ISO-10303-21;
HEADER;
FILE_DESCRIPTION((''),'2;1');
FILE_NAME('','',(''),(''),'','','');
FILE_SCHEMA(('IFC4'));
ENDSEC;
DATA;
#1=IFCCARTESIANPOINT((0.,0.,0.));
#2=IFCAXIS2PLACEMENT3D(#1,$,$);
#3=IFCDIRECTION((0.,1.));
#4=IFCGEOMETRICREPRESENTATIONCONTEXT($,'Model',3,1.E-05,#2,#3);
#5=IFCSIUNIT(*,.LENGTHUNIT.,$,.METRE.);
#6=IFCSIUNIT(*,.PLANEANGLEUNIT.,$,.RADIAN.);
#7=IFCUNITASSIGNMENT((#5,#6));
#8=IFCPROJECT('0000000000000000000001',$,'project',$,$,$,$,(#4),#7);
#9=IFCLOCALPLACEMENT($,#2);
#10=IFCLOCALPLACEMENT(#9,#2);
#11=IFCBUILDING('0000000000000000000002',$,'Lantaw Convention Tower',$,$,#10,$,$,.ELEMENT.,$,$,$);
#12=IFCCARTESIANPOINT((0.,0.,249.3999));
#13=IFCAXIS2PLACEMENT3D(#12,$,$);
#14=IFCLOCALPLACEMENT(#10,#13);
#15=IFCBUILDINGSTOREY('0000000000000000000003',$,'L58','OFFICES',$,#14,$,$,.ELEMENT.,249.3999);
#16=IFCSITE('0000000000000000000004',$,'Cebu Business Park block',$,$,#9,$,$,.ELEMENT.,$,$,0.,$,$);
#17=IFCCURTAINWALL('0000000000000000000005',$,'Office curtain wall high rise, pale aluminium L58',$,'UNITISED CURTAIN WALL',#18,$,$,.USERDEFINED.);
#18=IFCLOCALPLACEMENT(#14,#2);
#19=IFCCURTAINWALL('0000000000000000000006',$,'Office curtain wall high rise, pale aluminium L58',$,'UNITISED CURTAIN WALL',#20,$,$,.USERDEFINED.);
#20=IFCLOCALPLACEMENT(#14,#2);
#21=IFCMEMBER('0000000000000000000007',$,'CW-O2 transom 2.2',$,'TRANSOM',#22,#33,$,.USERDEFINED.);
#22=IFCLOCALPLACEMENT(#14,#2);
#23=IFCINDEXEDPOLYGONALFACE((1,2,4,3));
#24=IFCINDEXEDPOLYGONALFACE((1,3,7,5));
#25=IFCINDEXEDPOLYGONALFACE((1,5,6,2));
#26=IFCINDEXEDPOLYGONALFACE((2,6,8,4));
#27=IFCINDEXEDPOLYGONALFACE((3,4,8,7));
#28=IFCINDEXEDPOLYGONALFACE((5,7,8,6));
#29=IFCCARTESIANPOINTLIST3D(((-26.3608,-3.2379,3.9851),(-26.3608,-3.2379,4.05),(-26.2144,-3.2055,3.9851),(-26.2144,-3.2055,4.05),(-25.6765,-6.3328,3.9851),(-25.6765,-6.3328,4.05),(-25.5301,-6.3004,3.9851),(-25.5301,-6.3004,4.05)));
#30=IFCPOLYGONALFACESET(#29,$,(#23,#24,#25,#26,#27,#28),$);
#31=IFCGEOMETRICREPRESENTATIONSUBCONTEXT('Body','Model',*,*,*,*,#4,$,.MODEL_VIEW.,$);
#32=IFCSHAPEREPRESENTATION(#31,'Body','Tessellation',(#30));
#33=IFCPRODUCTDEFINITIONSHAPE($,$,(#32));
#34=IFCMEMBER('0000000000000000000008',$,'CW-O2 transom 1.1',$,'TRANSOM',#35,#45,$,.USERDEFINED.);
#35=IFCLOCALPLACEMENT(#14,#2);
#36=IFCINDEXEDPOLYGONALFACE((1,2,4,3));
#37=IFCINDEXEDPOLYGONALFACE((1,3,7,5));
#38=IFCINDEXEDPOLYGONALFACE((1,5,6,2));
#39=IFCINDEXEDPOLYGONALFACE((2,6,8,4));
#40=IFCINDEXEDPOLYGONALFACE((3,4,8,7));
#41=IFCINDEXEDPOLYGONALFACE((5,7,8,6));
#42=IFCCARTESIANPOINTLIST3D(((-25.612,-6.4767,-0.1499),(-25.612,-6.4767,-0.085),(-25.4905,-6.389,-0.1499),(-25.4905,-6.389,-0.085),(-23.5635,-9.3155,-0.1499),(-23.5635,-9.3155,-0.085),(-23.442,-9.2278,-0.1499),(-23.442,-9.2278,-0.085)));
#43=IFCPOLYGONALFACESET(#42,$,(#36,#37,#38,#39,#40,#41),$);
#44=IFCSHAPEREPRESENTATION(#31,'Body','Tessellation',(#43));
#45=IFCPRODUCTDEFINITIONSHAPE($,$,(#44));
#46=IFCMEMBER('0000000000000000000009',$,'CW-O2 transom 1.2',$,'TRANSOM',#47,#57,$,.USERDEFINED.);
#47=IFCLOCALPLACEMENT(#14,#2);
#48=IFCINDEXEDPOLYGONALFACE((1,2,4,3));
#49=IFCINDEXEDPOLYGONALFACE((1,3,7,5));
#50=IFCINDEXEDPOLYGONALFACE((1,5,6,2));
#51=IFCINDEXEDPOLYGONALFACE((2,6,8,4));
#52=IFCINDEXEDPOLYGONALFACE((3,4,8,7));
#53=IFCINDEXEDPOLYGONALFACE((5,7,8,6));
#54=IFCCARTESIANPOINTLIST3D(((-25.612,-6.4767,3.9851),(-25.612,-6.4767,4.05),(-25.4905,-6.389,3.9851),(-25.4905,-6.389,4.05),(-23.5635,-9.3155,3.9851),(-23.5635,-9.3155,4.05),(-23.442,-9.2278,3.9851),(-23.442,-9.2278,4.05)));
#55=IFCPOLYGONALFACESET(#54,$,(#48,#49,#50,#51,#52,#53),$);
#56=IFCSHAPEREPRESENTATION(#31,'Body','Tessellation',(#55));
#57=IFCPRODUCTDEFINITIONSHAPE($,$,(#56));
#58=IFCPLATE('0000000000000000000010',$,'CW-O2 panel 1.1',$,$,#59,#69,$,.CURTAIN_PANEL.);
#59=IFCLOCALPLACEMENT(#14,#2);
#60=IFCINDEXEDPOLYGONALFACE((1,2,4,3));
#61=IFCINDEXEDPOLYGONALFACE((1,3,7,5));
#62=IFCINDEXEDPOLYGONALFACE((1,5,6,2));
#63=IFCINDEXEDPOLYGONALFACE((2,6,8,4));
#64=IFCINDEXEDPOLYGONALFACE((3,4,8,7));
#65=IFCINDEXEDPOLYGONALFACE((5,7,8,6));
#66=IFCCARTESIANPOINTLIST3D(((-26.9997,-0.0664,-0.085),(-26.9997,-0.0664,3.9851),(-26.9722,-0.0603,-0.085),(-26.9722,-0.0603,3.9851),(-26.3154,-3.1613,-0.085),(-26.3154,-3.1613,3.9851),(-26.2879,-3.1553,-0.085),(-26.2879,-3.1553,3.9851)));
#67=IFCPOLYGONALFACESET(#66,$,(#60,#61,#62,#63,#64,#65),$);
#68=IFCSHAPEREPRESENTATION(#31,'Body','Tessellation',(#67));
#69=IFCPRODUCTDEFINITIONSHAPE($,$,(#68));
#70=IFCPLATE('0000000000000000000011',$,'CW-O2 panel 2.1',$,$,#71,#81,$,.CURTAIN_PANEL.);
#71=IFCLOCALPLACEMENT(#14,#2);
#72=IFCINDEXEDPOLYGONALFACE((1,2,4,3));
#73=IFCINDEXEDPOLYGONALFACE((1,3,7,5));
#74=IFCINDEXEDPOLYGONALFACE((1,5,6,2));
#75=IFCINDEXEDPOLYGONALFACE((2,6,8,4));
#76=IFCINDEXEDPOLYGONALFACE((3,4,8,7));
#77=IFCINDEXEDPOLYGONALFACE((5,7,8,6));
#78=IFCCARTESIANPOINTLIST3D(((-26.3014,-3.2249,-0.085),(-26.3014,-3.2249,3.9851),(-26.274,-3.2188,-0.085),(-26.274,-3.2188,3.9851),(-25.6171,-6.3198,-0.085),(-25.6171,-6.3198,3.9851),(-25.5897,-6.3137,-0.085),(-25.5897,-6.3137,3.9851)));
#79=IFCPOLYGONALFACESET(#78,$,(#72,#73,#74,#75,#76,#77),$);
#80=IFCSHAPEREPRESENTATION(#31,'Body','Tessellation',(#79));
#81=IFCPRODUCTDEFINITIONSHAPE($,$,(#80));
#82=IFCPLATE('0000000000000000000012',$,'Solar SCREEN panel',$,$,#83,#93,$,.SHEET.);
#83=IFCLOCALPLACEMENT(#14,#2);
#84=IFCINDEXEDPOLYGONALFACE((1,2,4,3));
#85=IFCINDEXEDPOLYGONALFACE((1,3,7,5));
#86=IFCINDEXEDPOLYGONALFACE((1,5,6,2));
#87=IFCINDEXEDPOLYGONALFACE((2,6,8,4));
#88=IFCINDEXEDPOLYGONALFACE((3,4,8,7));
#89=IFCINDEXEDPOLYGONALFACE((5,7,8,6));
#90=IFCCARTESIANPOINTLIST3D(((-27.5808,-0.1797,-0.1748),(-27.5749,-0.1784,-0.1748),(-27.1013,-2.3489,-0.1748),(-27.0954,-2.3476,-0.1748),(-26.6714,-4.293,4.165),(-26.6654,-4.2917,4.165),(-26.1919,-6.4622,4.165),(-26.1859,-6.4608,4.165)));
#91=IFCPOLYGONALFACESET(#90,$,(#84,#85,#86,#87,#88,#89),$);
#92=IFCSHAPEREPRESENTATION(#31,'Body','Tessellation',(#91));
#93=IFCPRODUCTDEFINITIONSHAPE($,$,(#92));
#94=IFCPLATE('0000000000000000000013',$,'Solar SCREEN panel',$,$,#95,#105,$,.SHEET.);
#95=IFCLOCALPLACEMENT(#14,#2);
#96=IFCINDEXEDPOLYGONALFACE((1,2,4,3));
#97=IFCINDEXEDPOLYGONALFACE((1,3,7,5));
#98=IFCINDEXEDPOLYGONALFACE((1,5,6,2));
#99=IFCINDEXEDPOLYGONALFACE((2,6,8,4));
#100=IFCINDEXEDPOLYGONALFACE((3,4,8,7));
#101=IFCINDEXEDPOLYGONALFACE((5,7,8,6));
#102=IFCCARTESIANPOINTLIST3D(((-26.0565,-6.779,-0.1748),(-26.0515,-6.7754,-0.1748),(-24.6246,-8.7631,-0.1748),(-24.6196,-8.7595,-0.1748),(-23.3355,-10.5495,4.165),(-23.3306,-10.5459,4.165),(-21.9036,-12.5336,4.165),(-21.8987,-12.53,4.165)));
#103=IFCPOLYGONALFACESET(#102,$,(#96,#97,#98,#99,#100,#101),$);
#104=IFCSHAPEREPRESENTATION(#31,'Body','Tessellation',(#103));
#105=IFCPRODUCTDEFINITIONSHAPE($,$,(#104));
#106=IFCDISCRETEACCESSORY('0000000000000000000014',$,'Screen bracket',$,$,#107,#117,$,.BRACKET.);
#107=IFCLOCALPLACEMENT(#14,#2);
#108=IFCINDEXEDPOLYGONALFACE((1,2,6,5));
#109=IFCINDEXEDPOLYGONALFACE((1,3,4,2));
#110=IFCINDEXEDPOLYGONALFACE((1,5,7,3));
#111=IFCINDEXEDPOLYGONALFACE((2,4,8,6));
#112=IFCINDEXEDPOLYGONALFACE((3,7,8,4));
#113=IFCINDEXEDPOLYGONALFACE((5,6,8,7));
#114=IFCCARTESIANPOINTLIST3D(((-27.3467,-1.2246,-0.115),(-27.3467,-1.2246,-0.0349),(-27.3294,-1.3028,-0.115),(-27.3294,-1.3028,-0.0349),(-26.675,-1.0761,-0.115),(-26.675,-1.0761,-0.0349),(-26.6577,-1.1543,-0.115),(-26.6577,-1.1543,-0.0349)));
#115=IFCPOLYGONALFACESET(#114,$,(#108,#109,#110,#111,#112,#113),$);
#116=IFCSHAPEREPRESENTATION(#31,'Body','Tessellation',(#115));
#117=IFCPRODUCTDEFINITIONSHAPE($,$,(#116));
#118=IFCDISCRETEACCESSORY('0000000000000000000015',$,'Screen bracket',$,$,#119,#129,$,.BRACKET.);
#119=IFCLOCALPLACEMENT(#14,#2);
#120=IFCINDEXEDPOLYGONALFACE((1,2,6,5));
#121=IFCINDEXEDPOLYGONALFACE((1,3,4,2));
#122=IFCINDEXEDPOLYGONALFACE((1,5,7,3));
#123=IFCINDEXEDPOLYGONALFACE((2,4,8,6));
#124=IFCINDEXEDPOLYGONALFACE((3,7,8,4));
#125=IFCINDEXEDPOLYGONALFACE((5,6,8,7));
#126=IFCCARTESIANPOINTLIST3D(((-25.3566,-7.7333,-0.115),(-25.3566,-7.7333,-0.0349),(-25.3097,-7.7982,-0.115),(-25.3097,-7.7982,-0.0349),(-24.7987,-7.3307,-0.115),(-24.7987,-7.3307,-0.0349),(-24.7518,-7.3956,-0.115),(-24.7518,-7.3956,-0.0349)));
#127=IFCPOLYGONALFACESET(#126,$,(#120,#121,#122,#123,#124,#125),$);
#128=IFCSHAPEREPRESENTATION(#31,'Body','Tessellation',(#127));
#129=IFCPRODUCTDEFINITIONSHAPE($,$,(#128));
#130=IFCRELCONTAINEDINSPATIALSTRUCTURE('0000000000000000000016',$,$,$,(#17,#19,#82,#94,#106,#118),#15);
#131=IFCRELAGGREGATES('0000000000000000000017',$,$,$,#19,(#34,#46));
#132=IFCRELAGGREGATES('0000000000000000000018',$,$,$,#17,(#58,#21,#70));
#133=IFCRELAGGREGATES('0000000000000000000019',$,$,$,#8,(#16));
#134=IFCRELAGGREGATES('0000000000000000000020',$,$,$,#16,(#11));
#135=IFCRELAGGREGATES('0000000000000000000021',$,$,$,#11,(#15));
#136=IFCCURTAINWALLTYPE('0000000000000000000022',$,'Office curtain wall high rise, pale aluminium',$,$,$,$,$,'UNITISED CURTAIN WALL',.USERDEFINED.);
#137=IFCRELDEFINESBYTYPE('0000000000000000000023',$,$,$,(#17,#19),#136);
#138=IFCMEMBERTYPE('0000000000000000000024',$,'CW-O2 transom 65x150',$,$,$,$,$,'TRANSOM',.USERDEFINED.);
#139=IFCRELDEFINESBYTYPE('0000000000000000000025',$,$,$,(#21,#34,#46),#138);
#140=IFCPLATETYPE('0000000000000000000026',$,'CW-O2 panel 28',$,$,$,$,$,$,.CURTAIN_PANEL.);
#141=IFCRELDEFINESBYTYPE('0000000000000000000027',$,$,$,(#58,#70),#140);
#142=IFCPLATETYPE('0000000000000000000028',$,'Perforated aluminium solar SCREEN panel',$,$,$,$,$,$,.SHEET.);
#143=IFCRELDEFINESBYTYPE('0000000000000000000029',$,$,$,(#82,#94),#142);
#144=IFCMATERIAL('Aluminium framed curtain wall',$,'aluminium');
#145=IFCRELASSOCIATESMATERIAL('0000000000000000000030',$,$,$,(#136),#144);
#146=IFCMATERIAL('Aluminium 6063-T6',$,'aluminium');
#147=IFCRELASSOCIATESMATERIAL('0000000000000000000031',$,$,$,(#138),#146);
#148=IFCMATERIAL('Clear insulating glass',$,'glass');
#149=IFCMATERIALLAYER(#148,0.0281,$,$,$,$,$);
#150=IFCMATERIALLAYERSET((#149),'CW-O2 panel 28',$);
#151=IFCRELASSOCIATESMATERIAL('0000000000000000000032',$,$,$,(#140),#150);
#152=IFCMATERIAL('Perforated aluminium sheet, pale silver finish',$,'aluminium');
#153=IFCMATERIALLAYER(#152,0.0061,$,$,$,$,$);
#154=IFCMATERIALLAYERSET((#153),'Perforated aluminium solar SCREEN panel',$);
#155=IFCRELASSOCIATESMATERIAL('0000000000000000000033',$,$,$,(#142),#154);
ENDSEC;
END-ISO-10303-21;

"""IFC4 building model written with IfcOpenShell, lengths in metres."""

from ifc_helpers import new_model, si_unit, direction, frame, origin, origin_2d, place, context, subcontext, project, spatial, polyline, rectangle, outline, extrude, material, layer, layer_set, material_profile, profile_set, type_object, element, aggregate, save


model = new_model("IFC4")

# Units and contexts
model_context = context("Model", 3, precision=1e-05, world=origin(), true_north=direction((0.0, 1.0)))
body_context = subcontext(model_context, "Body", "Model", "MODEL_VIEW")
ifc_project = project(units=[si_unit("LENGTHUNIT", "METRE"), si_unit("PLANEANGLEUNIT", "RADIAN")], contexts=[model_context])

# Site, building, storey
site_placement = place(None, origin())
site = spatial("IfcSite", under=ifc_project, at=site_placement, Name="Cebu Business Park block", CompositionType="ELEMENT", RefElevation=0.0)
building_placement = place(site_placement, origin())
building = spatial("IfcBuilding", under=site, at=building_placement, Name="Lantaw Convention Tower", CompositionType="ELEMENT")
storey_placement = place(building_placement, frame((0.0, 0.0, 249.3999)))
storey = spatial("IfcBuildingStorey", under=building, at=storey_placement, Name="L58", Description="OFFICES", CompositionType="ELEMENT", Elevation=249.3999)

# Curtain wall
ifc_material_1 = material(Name="Aluminium framed curtain wall", Category="aluminium")
curtain_wall_type = type_object("IfcCurtainWallType", Name="Office curtain wall high rise, pale aluminium", ElementType="UNITISED CURTAIN WALL", PredefinedType="USERDEFINED", material=ifc_material_1)
curtain_wall_1_placement = place(storey_placement, origin())
curtain_wall_1 = element("IfcCurtainWall", 1, at=curtain_wall_1_placement, inside=storey, type_object=curtain_wall_type, Name="Office curtain wall high rise, pale aluminium L58", ObjectType="UNITISED CURTAIN WALL", PredefinedType="USERDEFINED")
ifc_material_2 = material(Name="Aluminium 6063-T6", Category="aluminium")

# Curtain wall
curtain_wall_2_placement = place(storey_placement, origin())
curtain_wall_2 = element("IfcCurtainWall", 2, at=curtain_wall_2_placement, inside=storey, type_object=curtain_wall_type, Name="Office curtain wall high rise, pale aluminium L58", ObjectType="UNITISED CURTAIN WALL", PredefinedType="USERDEFINED")

# Members
ifc_material_profile_1 = material_profile(ifc_material_2, rectangle(XDim=0.1499, YDim=0.0649, at=origin_2d()), Name="CW-O2 transom 65x150")
ifc_profile_set_1 = profile_set([ifc_material_profile_1], Name="Aluminium 6063-T6")
member_type_1 = type_object("IfcMemberType", Name="CW-O2 transom 65x150", ElementType="TRANSOM", PredefinedType="USERDEFINED", material=ifc_profile_set_1)
member_1_placement = place(storey_placement, frame((-26.2876, -3.2217, 4.0176), z_axis=(0.215895, -0.976417, 0.0), x_axis=(0.976417, 0.215895, 0.0)))
member_1 = element("IfcMember", 3, at=member_1_placement, type_object=member_type_1, Name="CW-O2 transom 2.2", ObjectType="TRANSOM", PredefinedType="USERDEFINED", context=body_context, shape_type="SweptSolid", body=[
    extrude(rectangle(XDim=0.1499, YDim=0.0649, at=origin_2d()), origin(), (0.0, 0.0, 1.0), 3.1697),
])
member_2_placement = place(storey_placement, frame((-25.5513, -6.4329, -0.1174), z_axis=(0.58517, -0.810911, 0.0), x_axis=(0.810911, 0.58517, 0.0)))
member_2 = element("IfcMember", 4, at=member_2_placement, type_object=member_type_1, Name="CW-O2 transom 1.1", ObjectType="TRANSOM", PredefinedType="USERDEFINED", context=body_context, shape_type="SweptSolid", body=[
    extrude(rectangle(XDim=0.1499, YDim=0.0649, at=origin_2d()), origin(), (0.0, 0.0, 1.0), 3.5007),
])
member_3_placement = place(storey_placement, frame((-25.5513, -6.4329, 4.0176), z_axis=(0.58517, -0.810911, 0.0), x_axis=(0.810911, 0.58517, 0.0)))
member_3 = element("IfcMember", 5, at=member_3_placement, type_object=member_type_1, Name="CW-O2 transom 1.2", ObjectType="TRANSOM", PredefinedType="USERDEFINED", context=body_context, shape_type="SweptSolid", body=[
    extrude(rectangle(XDim=0.1499, YDim=0.0649, at=origin_2d()), origin(), (0.0, 0.0, 1.0), 3.5007),
])
aggregate(curtain_wall_2, [member_2, member_3])

# Plates
ifc_material_3 = material(Name="Clear insulating glass", Category="glass")
ifc_layer_1 = layer(ifc_material_3, 0.0281)
ifc_layer_set_1 = layer_set([ifc_layer_1], Name="CW-O2 panel 28")
plate_type_1 = type_object("IfcPlateType", Name="CW-O2 panel 28", PredefinedType="CURTAIN_PANEL", material=ifc_layer_set_1)
plate_1_placement = place(storey_placement, frame((-26.6438, -1.6108, -0.085), z_axis=(0.0, 0.0, 1.0), x_axis=(0.215891, -0.976417, 0.0)))
plate_1 = element("IfcPlate", 6, at=plate_1_placement, type_object=plate_type_1, Name="CW-O2 panel 1.1", PredefinedType="CURTAIN_PANEL", context=body_context, shape_type="SweptSolid", body=[
    extrude(rectangle(XDim=3.1697, YDim=0.0281, at=origin_2d()), origin(), (0.0, 0.0, 1.0), 4.0701),
])
plate_2_placement = place(storey_placement, frame((-25.9456, -4.7693, -0.085), z_axis=(0.0, 0.0, 1.0), x_axis=(0.215891, -0.976417, 0.0)))
plate_2 = element("IfcPlate", 7, at=plate_2_placement, type_object=plate_type_1, Name="CW-O2 panel 2.1", PredefinedType="CURTAIN_PANEL", context=body_context, shape_type="SweptSolid", body=[
    extrude(rectangle(XDim=3.1697, YDim=0.0281, at=origin_2d()), origin(), (0.0, 0.0, 1.0), 4.0701),
])
aggregate(curtain_wall_1, [plate_1, member_1, plate_2])

# Plates
ifc_material_4 = material(Name="Perforated aluminium sheet, pale silver finish", Category="aluminium")
ifc_layer_2 = layer(ifc_material_4, 0.0061)
ifc_layer_set_2 = layer_set([ifc_layer_2], Name="Perforated aluminium solar SCREEN panel")
plate_type_2 = type_object("IfcPlateType", Name="Perforated aluminium solar SCREEN panel", PredefinedType="SHEET", material=ifc_layer_set_2)
plate_3_placement = place(storey_placement, frame((-27.5808, -0.1797, -0.1748), z_axis=(-0.97643, -0.215837, 0.000044), x_axis=(0.215837, -0.97643, 0.0)))
element("IfcPlate", 8, at=plate_3_placement, inside=storey, type_object=plate_type_2, Name="Solar SCREEN panel", PredefinedType="SHEET", context=body_context, shape_type="SweptSolid", body=[
    extrude(outline(polyline([(0.0, 0.0), (2.2216, 0.0), (6.4342, 4.3398), (4.2126, 4.3398), (0.0, 0.0)])), origin(), (0.0, 0.0, -1.0), 0.0061),
])
plate_4_placement = place(storey_placement, frame((-26.0515, -6.7754, -0.1748), z_axis=(0.810892, 0.585195, 0.00002), x_axis=(0.585195, -0.810892, 0.0)))
element("IfcPlate", 9, at=plate_4_placement, inside=storey, type_object=plate_type_2, Name="Solar SCREEN panel", PredefinedType="SHEET", context=body_context, shape_type="SweptSolid", body=[
    extrude(outline(polyline([(0.0, 0.0), (2.4468, 0.0), (7.0966, -4.3398), (4.6498, -4.3398), (0.0, 0.0)])), origin(), (0.0, 0.0, -1.0), 0.0061),
])

# Discrete accessories
for number, where, z_axis, x_axis, name in (
    (10, (-27.0022, -1.1895, -0.115), (0.0, 0.0, 1.0), (0.215891, -0.976417, 0.0), "Screen bracket"),
    (11, (-25.0542, -7.5645, -0.115), (0.0, 0.0, 1.0), (0.585158, -0.81092, 0.0), "Screen bracket"),
):
    element("IfcDiscreteAccessory", number, at=place(storey_placement, frame(where, z_axis=z_axis, x_axis=x_axis)), inside=storey, Name=name, PredefinedType="BRACKET", context=body_context, shape_type="SweptSolid", body=[
        extrude(rectangle(XDim=0.0801, YDim=0.688, at=origin_2d()), origin(), (0.0, 0.0, 1.0), 0.0801),
    ])

save(model, "model.ifc")
